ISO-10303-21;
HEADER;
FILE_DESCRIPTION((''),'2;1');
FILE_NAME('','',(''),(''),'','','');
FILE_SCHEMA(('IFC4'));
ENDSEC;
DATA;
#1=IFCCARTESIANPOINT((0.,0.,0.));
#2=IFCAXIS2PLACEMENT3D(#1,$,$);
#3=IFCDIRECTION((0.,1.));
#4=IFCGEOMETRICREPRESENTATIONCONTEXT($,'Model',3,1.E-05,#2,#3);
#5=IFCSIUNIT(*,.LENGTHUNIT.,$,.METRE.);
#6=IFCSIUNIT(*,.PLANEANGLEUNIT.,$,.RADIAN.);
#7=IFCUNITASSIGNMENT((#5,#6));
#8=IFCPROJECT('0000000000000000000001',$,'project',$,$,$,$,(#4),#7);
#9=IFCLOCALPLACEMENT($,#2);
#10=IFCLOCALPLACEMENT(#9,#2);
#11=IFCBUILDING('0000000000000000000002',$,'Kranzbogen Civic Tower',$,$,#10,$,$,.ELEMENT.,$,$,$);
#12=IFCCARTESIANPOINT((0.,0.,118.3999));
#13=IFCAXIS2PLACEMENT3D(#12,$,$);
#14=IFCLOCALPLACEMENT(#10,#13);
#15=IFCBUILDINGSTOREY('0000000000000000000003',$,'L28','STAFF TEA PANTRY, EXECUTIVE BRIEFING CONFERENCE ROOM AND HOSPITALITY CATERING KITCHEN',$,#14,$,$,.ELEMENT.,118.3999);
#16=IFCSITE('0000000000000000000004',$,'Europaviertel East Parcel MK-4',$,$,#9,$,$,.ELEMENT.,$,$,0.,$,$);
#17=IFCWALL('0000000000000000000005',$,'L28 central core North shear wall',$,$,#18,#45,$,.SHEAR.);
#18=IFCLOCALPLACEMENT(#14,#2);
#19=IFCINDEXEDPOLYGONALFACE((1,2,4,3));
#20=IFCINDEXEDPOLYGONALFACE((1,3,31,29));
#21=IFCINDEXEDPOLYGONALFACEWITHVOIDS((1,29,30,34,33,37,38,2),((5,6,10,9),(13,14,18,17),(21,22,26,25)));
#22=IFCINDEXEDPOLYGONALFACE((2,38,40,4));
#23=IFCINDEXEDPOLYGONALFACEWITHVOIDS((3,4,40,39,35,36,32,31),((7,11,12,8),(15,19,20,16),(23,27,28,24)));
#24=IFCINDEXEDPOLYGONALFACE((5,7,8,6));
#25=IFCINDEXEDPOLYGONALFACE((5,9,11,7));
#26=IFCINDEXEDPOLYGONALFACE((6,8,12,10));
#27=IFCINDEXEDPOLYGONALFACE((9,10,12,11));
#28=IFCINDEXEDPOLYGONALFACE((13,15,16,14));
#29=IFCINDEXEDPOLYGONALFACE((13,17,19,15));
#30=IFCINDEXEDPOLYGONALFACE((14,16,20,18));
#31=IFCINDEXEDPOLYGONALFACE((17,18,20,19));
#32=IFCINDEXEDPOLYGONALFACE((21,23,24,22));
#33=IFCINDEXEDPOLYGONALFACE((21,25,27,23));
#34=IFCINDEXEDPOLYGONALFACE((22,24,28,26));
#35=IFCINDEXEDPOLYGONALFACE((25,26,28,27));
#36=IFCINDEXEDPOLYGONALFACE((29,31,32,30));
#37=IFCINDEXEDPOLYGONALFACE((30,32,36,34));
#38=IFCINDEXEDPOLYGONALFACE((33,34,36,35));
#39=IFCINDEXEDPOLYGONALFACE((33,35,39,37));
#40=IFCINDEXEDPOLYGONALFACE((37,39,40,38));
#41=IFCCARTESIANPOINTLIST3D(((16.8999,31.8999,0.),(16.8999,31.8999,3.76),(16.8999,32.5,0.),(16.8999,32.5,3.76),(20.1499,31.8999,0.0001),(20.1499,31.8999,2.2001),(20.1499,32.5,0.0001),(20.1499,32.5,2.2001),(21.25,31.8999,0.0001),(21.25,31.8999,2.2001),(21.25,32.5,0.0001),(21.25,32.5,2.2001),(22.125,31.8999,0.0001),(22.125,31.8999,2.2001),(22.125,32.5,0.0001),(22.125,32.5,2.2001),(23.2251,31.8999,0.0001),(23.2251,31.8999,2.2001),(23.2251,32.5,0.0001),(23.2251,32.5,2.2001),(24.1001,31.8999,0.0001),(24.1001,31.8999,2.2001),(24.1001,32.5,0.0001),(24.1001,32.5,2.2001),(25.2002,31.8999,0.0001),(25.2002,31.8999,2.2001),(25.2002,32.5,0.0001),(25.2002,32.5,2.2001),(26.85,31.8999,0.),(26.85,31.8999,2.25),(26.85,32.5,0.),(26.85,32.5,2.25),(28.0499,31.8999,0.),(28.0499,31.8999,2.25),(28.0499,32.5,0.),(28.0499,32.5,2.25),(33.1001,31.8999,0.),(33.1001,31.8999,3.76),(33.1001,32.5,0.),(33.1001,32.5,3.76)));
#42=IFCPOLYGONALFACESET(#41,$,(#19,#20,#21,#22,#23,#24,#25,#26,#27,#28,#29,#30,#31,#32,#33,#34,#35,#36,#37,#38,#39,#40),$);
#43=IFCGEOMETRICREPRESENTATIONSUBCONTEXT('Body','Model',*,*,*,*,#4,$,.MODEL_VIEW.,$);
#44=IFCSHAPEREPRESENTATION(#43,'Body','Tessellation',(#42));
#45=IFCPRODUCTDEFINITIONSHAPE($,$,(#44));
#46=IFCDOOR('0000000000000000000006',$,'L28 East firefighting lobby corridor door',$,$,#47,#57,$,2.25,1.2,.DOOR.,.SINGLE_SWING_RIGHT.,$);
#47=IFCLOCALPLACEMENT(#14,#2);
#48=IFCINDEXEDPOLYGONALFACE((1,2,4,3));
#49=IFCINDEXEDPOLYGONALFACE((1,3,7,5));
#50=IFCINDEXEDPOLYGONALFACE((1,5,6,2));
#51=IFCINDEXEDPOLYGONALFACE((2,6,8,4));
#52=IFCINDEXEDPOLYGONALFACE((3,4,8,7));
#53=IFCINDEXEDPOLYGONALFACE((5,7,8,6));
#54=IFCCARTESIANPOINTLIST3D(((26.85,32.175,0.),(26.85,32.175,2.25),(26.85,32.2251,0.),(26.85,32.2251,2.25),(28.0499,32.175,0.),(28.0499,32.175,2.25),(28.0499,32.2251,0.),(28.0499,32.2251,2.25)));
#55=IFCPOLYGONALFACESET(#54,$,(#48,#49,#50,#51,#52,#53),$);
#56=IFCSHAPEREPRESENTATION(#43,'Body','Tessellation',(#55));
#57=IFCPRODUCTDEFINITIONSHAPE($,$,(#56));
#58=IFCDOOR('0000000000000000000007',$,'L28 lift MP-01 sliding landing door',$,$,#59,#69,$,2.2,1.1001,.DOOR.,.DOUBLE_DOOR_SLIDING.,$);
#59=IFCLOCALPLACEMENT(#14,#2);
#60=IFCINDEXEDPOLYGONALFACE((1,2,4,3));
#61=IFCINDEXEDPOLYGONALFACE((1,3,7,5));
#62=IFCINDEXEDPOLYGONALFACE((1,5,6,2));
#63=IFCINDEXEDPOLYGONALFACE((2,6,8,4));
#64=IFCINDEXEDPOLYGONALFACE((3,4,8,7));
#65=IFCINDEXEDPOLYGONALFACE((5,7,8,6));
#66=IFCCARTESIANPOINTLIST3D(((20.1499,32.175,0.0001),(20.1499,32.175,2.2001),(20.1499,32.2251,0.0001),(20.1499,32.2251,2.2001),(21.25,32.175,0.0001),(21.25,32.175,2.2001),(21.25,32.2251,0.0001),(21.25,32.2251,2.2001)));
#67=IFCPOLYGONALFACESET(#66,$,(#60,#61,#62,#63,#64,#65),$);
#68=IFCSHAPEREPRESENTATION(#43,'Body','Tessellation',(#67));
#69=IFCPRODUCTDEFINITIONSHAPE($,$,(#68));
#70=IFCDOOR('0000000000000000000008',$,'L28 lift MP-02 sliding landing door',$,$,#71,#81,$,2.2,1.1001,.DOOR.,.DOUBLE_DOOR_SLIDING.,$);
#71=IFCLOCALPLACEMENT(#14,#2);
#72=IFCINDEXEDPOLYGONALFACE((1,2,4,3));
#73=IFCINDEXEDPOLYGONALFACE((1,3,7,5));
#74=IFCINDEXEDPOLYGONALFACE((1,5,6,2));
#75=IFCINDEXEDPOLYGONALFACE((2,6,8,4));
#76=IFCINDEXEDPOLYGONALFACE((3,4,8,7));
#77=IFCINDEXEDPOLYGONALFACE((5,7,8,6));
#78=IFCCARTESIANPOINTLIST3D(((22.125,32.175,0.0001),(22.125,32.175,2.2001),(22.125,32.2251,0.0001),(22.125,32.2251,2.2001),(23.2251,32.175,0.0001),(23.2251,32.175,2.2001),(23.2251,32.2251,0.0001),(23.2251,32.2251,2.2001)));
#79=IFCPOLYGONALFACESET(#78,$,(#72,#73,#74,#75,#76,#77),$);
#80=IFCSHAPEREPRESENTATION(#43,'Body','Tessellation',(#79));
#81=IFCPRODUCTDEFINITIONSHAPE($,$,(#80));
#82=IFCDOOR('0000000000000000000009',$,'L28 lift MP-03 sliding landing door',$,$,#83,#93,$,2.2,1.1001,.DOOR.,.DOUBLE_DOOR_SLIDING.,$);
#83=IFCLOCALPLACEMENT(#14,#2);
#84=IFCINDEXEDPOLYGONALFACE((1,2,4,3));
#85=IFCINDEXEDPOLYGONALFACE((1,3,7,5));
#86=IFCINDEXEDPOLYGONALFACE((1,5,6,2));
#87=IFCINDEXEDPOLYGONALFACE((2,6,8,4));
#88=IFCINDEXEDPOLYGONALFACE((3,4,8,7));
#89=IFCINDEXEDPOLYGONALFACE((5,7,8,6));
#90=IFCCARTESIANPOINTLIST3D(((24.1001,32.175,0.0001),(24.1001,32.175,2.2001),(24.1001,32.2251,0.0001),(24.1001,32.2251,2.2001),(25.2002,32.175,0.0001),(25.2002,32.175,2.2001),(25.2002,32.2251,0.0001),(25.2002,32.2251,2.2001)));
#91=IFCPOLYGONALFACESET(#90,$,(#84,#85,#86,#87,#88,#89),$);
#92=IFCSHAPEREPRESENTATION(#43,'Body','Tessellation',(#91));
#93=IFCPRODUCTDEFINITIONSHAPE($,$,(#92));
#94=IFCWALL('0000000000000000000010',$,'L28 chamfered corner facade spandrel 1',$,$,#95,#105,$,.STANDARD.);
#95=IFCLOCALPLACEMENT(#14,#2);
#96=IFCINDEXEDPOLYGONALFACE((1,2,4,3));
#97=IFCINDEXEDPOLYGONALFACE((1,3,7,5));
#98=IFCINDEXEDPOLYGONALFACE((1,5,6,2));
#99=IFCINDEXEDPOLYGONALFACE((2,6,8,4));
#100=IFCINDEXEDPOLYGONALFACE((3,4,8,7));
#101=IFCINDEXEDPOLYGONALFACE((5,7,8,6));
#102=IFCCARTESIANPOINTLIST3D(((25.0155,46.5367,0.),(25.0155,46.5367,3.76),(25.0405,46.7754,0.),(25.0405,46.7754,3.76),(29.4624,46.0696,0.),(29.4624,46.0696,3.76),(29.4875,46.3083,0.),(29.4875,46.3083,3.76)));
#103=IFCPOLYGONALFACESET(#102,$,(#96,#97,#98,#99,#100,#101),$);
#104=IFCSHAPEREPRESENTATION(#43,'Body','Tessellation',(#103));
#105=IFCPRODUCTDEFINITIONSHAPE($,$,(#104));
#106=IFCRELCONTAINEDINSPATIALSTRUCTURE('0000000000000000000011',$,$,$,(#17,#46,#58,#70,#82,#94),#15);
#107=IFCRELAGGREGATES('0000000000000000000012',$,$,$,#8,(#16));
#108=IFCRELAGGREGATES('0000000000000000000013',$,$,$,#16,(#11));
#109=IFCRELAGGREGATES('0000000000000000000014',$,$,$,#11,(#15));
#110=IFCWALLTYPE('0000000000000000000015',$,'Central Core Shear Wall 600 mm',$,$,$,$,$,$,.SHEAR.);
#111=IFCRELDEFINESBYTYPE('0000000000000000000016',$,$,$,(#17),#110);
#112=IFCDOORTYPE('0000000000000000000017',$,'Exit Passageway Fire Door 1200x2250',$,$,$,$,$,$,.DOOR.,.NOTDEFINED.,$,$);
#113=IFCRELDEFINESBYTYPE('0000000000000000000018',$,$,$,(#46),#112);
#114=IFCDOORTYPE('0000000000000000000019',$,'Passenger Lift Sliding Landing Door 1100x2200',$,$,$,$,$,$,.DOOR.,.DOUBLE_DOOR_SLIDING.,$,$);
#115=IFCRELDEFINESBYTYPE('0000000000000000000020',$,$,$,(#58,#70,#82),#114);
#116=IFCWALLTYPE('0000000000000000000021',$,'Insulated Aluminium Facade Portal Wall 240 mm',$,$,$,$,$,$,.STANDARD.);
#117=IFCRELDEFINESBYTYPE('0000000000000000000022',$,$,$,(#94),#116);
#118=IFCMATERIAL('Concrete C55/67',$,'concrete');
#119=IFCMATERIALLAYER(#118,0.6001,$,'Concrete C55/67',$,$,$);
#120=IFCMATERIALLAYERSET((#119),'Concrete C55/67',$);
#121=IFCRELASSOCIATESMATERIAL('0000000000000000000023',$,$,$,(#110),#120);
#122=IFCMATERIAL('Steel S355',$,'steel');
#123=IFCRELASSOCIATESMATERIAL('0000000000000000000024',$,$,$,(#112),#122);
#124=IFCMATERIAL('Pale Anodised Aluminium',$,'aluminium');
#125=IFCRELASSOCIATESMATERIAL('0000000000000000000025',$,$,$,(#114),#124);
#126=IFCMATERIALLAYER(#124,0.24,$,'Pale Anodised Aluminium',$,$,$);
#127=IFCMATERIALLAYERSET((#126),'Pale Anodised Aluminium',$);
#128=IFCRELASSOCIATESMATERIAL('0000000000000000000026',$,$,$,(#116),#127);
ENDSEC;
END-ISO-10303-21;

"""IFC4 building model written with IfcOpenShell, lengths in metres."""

from ifc_helpers import new_model, si_unit, direction, frame, frame_2d, origin, place, context, subcontext, project, spatial, rectangle, extrude, material, layer, layer_set, type_object, element, fill, save


model = new_model("IFC4")

# Units and contexts
model_context = context("Model", 3, precision=1e-05, world=origin(), true_north=direction((0.0, 1.0)))
body_context = subcontext(model_context, "Body", "Model", "MODEL_VIEW")
ifc_project = project(units=[si_unit("LENGTHUNIT", "METRE"), si_unit("PLANEANGLEUNIT", "RADIAN")], contexts=[model_context])

# Site, building, storey
site_placement = place(None, origin())
site = spatial("IfcSite", under=ifc_project, at=site_placement, Name="Europaviertel East Parcel MK-4", CompositionType="ELEMENT", RefElevation=0.0)
building_placement = place(site_placement, origin())
building = spatial("IfcBuilding", under=site, at=building_placement, Name="Kranzbogen Civic Tower", CompositionType="ELEMENT")
storey_placement = place(building_placement, frame((0.0, 0.0, 118.3999)))
storey = spatial("IfcBuildingStorey", under=building, at=storey_placement, Name="L28", Description="STAFF TEA PANTRY, EXECUTIVE BRIEFING CONFERENCE ROOM AND HOSPITALITY CATERING KITCHEN", CompositionType="ELEMENT", Elevation=118.3999)

# Shared definitions
ifc_material_1 = material(Name="Steel S355", Category="steel")

# Shared definitions
ifc_material_2 = material(Name="Pale Anodised Aluminium", Category="aluminium")

# Wall, openings, doors
ifc_material_3 = material(Name="Concrete C55/67", Category="concrete")
ifc_layer_1 = layer(ifc_material_3, 0.6001, Name="Concrete C55/67")
ifc_layer_set_1 = layer_set([ifc_layer_1], Name="Concrete C55/67")
wall_type_1 = type_object("IfcWallType", Name="Central Core Shear Wall 600 mm", PredefinedType="SHEAR", material=ifc_layer_set_1)
wall_1_placement = place(storey_placement, frame((33.1001, 32.2, 0.0), z_axis=(0.0, 0.0, 1.0), x_axis=(-1.0, 0.0, 0.0)))
wall_1 = element("IfcWall", 1, at=wall_1_placement, inside=storey, type_object=wall_type_1, Name="L28 central core North shear wall", PredefinedType="SHEAR", context=body_context, shape_type="SweptSolid", body=[
    extrude(rectangle(XDim=16.2002, YDim=0.6001, at=frame_2d((8.1001, 0.0))), origin(), (0.0, 0.0, 1.0), 3.76),
])
opening_1_placement = place(wall_1_placement, frame((5.05, 0.0, 0.0)))
opening_1 = element("IfcOpeningElement", 2, at=opening_1_placement, cuts=wall_1, PredefinedType="OPENING", context=body_context, shape_type="SweptSolid", body=[
    extrude(rectangle(XDim=1.2, YDim=2.25, at=frame_2d((0.6001, 1.125))), frame((0.0, 0.3101, 0.0), z_axis=(0.0, -1.0, 0.0), x_axis=(1.0, 0.0, 0.0)), (0.0, 0.0, 1.0), 0.6201),
])
opening_2_placement = place(wall_1_placement, frame((11.8501, 0.0, 0.0)))
opening_2 = element("IfcOpeningElement", 3, at=opening_2_placement, cuts=wall_1, PredefinedType="OPENING", context=body_context, shape_type="SweptSolid", body=[
    extrude(rectangle(XDim=1.1001, YDim=2.2, at=frame_2d((0.55, 1.1001))), frame((0.0, 0.3101, 0.0), z_axis=(0.0, -1.0, 0.0), x_axis=(1.0, 0.0, 0.0)), (0.0, 0.0, 1.0), 0.6201),
])
opening_3_placement = place(wall_1_placement, frame((9.875, 0.0, 0.0)))
opening_3 = element("IfcOpeningElement", 4, at=opening_3_placement, cuts=wall_1, PredefinedType="OPENING", context=body_context, shape_type="SweptSolid", body=[
    extrude(rectangle(XDim=1.1001, YDim=2.2, at=frame_2d((0.55, 1.1001))), frame((0.0, 0.3101, 0.0), z_axis=(0.0, -1.0, 0.0), x_axis=(1.0, 0.0, 0.0)), (0.0, 0.0, 1.0), 0.6201),
])
opening_4_placement = place(wall_1_placement, frame((7.8999, 0.0, 0.0)))
opening_4 = element("IfcOpeningElement", 5, at=opening_4_placement, cuts=wall_1, PredefinedType="OPENING", context=body_context, shape_type="SweptSolid", body=[
    extrude(rectangle(XDim=1.1001, YDim=2.2, at=frame_2d((0.55, 1.1001))), frame((0.0, 0.3101, 0.0), z_axis=(0.0, -1.0, 0.0), x_axis=(1.0, 0.0, 0.0)), (0.0, 0.0, 1.0), 0.6201),
])
door_type_1 = type_object("IfcDoorType", Name="Exit Passageway Fire Door 1200x2250", OperationType="NOTDEFINED", PredefinedType="DOOR", material=ifc_material_1)
door_1_placement = place(opening_1_placement, origin())
door_1 = element("IfcDoor", 6, at=door_1_placement, inside=storey, type_object=door_type_1, Name="L28 East firefighting lobby corridor door", OperationType="SINGLE_SWING_RIGHT", OverallHeight=2.25, OverallWidth=1.2, PredefinedType="DOOR", context=body_context, shape_type="SweptSolid", body=[
    extrude(rectangle(XDim=1.2, YDim=2.25, at=frame_2d((0.6001, 1.125))), frame((0.0, 0.0249, 0.0), z_axis=(0.0, -1.0, 0.0), x_axis=(1.0, 0.0, 0.0)), (0.0, 0.0, 1.0), 0.05),
])
fill(opening_1, door_1)
door_type_2 = type_object("IfcDoorType", Name="Passenger Lift Sliding Landing Door 1100x2200", OperationType="DOUBLE_DOOR_SLIDING", PredefinedType="DOOR", material=ifc_material_2)
door_2_placement = place(opening_2_placement, origin())
door_2 = element("IfcDoor", 7, at=door_2_placement, inside=storey, type_object=door_type_2, Name="L28 lift MP-01 sliding landing door", OperationType="DOUBLE_DOOR_SLIDING", OverallHeight=2.2, OverallWidth=1.1001, PredefinedType="DOOR", context=body_context, shape_type="SweptSolid", body=[
    extrude(rectangle(XDim=1.1001, YDim=2.2, at=frame_2d((0.55, 1.1001))), frame((0.0, 0.0249, 0.0), z_axis=(0.0, -1.0, 0.0), x_axis=(1.0, 0.0, 0.0)), (0.0, 0.0, 1.0), 0.05),
])
fill(opening_2, door_2)
door_3_placement = place(opening_3_placement, origin())
door_3 = element("IfcDoor", 8, at=door_3_placement, inside=storey, type_object=door_type_2, Name="L28 lift MP-02 sliding landing door", OperationType="DOUBLE_DOOR_SLIDING", OverallHeight=2.2, OverallWidth=1.1001, PredefinedType="DOOR", context=body_context, shape_type="SweptSolid", body=[
    extrude(rectangle(XDim=1.1001, YDim=2.2, at=frame_2d((0.55, 1.1001))), frame((0.0, 0.0249, 0.0), z_axis=(0.0, -1.0, 0.0), x_axis=(1.0, 0.0, 0.0)), (0.0, 0.0, 1.0), 0.05),
])
fill(opening_3, door_3)
door_4_placement = place(opening_4_placement, origin())
door_4 = element("IfcDoor", 9, at=door_4_placement, inside=storey, type_object=door_type_2, Name="L28 lift MP-03 sliding landing door", OperationType="DOUBLE_DOOR_SLIDING", OverallHeight=2.2, OverallWidth=1.1001, PredefinedType="DOOR", context=body_context, shape_type="SweptSolid", body=[
    extrude(rectangle(XDim=1.1001, YDim=2.2, at=frame_2d((0.55, 1.1001))), frame((0.0, 0.0249, 0.0), z_axis=(0.0, -1.0, 0.0), x_axis=(1.0, 0.0, 0.0)), (0.0, 0.0, 1.0), 0.05),
])
fill(opening_4, door_4)

# Wall
ifc_layer_2 = layer(ifc_material_2, 0.24, Name="Pale Anodised Aluminium")
ifc_layer_set_2 = layer_set([ifc_layer_2], Name="Pale Anodised Aluminium")
wall_type_2 = type_object("IfcWallType", Name="Insulated Aluminium Facade Portal Wall 240 mm", PredefinedType="STANDARD", material=ifc_layer_set_2)
wall_2_placement = place(storey_placement, frame((29.4751, 46.189, 0.0), z_axis=(0.0, 0.0, 1.0), x_axis=(-0.99453, 0.104449, 0.0)))
element("IfcWall", 10, at=wall_2_placement, inside=storey, type_object=wall_type_2, Name="L28 chamfered corner facade spandrel 1", PredefinedType="STANDARD", context=body_context, shape_type="SweptSolid", body=[
    extrude(rectangle(XDim=4.4714, YDim=0.24, at=frame_2d((2.2358, 0.0))), origin(), (0.0, 0.0, 1.0), 3.76),
])

save(model, "model.ifc")
